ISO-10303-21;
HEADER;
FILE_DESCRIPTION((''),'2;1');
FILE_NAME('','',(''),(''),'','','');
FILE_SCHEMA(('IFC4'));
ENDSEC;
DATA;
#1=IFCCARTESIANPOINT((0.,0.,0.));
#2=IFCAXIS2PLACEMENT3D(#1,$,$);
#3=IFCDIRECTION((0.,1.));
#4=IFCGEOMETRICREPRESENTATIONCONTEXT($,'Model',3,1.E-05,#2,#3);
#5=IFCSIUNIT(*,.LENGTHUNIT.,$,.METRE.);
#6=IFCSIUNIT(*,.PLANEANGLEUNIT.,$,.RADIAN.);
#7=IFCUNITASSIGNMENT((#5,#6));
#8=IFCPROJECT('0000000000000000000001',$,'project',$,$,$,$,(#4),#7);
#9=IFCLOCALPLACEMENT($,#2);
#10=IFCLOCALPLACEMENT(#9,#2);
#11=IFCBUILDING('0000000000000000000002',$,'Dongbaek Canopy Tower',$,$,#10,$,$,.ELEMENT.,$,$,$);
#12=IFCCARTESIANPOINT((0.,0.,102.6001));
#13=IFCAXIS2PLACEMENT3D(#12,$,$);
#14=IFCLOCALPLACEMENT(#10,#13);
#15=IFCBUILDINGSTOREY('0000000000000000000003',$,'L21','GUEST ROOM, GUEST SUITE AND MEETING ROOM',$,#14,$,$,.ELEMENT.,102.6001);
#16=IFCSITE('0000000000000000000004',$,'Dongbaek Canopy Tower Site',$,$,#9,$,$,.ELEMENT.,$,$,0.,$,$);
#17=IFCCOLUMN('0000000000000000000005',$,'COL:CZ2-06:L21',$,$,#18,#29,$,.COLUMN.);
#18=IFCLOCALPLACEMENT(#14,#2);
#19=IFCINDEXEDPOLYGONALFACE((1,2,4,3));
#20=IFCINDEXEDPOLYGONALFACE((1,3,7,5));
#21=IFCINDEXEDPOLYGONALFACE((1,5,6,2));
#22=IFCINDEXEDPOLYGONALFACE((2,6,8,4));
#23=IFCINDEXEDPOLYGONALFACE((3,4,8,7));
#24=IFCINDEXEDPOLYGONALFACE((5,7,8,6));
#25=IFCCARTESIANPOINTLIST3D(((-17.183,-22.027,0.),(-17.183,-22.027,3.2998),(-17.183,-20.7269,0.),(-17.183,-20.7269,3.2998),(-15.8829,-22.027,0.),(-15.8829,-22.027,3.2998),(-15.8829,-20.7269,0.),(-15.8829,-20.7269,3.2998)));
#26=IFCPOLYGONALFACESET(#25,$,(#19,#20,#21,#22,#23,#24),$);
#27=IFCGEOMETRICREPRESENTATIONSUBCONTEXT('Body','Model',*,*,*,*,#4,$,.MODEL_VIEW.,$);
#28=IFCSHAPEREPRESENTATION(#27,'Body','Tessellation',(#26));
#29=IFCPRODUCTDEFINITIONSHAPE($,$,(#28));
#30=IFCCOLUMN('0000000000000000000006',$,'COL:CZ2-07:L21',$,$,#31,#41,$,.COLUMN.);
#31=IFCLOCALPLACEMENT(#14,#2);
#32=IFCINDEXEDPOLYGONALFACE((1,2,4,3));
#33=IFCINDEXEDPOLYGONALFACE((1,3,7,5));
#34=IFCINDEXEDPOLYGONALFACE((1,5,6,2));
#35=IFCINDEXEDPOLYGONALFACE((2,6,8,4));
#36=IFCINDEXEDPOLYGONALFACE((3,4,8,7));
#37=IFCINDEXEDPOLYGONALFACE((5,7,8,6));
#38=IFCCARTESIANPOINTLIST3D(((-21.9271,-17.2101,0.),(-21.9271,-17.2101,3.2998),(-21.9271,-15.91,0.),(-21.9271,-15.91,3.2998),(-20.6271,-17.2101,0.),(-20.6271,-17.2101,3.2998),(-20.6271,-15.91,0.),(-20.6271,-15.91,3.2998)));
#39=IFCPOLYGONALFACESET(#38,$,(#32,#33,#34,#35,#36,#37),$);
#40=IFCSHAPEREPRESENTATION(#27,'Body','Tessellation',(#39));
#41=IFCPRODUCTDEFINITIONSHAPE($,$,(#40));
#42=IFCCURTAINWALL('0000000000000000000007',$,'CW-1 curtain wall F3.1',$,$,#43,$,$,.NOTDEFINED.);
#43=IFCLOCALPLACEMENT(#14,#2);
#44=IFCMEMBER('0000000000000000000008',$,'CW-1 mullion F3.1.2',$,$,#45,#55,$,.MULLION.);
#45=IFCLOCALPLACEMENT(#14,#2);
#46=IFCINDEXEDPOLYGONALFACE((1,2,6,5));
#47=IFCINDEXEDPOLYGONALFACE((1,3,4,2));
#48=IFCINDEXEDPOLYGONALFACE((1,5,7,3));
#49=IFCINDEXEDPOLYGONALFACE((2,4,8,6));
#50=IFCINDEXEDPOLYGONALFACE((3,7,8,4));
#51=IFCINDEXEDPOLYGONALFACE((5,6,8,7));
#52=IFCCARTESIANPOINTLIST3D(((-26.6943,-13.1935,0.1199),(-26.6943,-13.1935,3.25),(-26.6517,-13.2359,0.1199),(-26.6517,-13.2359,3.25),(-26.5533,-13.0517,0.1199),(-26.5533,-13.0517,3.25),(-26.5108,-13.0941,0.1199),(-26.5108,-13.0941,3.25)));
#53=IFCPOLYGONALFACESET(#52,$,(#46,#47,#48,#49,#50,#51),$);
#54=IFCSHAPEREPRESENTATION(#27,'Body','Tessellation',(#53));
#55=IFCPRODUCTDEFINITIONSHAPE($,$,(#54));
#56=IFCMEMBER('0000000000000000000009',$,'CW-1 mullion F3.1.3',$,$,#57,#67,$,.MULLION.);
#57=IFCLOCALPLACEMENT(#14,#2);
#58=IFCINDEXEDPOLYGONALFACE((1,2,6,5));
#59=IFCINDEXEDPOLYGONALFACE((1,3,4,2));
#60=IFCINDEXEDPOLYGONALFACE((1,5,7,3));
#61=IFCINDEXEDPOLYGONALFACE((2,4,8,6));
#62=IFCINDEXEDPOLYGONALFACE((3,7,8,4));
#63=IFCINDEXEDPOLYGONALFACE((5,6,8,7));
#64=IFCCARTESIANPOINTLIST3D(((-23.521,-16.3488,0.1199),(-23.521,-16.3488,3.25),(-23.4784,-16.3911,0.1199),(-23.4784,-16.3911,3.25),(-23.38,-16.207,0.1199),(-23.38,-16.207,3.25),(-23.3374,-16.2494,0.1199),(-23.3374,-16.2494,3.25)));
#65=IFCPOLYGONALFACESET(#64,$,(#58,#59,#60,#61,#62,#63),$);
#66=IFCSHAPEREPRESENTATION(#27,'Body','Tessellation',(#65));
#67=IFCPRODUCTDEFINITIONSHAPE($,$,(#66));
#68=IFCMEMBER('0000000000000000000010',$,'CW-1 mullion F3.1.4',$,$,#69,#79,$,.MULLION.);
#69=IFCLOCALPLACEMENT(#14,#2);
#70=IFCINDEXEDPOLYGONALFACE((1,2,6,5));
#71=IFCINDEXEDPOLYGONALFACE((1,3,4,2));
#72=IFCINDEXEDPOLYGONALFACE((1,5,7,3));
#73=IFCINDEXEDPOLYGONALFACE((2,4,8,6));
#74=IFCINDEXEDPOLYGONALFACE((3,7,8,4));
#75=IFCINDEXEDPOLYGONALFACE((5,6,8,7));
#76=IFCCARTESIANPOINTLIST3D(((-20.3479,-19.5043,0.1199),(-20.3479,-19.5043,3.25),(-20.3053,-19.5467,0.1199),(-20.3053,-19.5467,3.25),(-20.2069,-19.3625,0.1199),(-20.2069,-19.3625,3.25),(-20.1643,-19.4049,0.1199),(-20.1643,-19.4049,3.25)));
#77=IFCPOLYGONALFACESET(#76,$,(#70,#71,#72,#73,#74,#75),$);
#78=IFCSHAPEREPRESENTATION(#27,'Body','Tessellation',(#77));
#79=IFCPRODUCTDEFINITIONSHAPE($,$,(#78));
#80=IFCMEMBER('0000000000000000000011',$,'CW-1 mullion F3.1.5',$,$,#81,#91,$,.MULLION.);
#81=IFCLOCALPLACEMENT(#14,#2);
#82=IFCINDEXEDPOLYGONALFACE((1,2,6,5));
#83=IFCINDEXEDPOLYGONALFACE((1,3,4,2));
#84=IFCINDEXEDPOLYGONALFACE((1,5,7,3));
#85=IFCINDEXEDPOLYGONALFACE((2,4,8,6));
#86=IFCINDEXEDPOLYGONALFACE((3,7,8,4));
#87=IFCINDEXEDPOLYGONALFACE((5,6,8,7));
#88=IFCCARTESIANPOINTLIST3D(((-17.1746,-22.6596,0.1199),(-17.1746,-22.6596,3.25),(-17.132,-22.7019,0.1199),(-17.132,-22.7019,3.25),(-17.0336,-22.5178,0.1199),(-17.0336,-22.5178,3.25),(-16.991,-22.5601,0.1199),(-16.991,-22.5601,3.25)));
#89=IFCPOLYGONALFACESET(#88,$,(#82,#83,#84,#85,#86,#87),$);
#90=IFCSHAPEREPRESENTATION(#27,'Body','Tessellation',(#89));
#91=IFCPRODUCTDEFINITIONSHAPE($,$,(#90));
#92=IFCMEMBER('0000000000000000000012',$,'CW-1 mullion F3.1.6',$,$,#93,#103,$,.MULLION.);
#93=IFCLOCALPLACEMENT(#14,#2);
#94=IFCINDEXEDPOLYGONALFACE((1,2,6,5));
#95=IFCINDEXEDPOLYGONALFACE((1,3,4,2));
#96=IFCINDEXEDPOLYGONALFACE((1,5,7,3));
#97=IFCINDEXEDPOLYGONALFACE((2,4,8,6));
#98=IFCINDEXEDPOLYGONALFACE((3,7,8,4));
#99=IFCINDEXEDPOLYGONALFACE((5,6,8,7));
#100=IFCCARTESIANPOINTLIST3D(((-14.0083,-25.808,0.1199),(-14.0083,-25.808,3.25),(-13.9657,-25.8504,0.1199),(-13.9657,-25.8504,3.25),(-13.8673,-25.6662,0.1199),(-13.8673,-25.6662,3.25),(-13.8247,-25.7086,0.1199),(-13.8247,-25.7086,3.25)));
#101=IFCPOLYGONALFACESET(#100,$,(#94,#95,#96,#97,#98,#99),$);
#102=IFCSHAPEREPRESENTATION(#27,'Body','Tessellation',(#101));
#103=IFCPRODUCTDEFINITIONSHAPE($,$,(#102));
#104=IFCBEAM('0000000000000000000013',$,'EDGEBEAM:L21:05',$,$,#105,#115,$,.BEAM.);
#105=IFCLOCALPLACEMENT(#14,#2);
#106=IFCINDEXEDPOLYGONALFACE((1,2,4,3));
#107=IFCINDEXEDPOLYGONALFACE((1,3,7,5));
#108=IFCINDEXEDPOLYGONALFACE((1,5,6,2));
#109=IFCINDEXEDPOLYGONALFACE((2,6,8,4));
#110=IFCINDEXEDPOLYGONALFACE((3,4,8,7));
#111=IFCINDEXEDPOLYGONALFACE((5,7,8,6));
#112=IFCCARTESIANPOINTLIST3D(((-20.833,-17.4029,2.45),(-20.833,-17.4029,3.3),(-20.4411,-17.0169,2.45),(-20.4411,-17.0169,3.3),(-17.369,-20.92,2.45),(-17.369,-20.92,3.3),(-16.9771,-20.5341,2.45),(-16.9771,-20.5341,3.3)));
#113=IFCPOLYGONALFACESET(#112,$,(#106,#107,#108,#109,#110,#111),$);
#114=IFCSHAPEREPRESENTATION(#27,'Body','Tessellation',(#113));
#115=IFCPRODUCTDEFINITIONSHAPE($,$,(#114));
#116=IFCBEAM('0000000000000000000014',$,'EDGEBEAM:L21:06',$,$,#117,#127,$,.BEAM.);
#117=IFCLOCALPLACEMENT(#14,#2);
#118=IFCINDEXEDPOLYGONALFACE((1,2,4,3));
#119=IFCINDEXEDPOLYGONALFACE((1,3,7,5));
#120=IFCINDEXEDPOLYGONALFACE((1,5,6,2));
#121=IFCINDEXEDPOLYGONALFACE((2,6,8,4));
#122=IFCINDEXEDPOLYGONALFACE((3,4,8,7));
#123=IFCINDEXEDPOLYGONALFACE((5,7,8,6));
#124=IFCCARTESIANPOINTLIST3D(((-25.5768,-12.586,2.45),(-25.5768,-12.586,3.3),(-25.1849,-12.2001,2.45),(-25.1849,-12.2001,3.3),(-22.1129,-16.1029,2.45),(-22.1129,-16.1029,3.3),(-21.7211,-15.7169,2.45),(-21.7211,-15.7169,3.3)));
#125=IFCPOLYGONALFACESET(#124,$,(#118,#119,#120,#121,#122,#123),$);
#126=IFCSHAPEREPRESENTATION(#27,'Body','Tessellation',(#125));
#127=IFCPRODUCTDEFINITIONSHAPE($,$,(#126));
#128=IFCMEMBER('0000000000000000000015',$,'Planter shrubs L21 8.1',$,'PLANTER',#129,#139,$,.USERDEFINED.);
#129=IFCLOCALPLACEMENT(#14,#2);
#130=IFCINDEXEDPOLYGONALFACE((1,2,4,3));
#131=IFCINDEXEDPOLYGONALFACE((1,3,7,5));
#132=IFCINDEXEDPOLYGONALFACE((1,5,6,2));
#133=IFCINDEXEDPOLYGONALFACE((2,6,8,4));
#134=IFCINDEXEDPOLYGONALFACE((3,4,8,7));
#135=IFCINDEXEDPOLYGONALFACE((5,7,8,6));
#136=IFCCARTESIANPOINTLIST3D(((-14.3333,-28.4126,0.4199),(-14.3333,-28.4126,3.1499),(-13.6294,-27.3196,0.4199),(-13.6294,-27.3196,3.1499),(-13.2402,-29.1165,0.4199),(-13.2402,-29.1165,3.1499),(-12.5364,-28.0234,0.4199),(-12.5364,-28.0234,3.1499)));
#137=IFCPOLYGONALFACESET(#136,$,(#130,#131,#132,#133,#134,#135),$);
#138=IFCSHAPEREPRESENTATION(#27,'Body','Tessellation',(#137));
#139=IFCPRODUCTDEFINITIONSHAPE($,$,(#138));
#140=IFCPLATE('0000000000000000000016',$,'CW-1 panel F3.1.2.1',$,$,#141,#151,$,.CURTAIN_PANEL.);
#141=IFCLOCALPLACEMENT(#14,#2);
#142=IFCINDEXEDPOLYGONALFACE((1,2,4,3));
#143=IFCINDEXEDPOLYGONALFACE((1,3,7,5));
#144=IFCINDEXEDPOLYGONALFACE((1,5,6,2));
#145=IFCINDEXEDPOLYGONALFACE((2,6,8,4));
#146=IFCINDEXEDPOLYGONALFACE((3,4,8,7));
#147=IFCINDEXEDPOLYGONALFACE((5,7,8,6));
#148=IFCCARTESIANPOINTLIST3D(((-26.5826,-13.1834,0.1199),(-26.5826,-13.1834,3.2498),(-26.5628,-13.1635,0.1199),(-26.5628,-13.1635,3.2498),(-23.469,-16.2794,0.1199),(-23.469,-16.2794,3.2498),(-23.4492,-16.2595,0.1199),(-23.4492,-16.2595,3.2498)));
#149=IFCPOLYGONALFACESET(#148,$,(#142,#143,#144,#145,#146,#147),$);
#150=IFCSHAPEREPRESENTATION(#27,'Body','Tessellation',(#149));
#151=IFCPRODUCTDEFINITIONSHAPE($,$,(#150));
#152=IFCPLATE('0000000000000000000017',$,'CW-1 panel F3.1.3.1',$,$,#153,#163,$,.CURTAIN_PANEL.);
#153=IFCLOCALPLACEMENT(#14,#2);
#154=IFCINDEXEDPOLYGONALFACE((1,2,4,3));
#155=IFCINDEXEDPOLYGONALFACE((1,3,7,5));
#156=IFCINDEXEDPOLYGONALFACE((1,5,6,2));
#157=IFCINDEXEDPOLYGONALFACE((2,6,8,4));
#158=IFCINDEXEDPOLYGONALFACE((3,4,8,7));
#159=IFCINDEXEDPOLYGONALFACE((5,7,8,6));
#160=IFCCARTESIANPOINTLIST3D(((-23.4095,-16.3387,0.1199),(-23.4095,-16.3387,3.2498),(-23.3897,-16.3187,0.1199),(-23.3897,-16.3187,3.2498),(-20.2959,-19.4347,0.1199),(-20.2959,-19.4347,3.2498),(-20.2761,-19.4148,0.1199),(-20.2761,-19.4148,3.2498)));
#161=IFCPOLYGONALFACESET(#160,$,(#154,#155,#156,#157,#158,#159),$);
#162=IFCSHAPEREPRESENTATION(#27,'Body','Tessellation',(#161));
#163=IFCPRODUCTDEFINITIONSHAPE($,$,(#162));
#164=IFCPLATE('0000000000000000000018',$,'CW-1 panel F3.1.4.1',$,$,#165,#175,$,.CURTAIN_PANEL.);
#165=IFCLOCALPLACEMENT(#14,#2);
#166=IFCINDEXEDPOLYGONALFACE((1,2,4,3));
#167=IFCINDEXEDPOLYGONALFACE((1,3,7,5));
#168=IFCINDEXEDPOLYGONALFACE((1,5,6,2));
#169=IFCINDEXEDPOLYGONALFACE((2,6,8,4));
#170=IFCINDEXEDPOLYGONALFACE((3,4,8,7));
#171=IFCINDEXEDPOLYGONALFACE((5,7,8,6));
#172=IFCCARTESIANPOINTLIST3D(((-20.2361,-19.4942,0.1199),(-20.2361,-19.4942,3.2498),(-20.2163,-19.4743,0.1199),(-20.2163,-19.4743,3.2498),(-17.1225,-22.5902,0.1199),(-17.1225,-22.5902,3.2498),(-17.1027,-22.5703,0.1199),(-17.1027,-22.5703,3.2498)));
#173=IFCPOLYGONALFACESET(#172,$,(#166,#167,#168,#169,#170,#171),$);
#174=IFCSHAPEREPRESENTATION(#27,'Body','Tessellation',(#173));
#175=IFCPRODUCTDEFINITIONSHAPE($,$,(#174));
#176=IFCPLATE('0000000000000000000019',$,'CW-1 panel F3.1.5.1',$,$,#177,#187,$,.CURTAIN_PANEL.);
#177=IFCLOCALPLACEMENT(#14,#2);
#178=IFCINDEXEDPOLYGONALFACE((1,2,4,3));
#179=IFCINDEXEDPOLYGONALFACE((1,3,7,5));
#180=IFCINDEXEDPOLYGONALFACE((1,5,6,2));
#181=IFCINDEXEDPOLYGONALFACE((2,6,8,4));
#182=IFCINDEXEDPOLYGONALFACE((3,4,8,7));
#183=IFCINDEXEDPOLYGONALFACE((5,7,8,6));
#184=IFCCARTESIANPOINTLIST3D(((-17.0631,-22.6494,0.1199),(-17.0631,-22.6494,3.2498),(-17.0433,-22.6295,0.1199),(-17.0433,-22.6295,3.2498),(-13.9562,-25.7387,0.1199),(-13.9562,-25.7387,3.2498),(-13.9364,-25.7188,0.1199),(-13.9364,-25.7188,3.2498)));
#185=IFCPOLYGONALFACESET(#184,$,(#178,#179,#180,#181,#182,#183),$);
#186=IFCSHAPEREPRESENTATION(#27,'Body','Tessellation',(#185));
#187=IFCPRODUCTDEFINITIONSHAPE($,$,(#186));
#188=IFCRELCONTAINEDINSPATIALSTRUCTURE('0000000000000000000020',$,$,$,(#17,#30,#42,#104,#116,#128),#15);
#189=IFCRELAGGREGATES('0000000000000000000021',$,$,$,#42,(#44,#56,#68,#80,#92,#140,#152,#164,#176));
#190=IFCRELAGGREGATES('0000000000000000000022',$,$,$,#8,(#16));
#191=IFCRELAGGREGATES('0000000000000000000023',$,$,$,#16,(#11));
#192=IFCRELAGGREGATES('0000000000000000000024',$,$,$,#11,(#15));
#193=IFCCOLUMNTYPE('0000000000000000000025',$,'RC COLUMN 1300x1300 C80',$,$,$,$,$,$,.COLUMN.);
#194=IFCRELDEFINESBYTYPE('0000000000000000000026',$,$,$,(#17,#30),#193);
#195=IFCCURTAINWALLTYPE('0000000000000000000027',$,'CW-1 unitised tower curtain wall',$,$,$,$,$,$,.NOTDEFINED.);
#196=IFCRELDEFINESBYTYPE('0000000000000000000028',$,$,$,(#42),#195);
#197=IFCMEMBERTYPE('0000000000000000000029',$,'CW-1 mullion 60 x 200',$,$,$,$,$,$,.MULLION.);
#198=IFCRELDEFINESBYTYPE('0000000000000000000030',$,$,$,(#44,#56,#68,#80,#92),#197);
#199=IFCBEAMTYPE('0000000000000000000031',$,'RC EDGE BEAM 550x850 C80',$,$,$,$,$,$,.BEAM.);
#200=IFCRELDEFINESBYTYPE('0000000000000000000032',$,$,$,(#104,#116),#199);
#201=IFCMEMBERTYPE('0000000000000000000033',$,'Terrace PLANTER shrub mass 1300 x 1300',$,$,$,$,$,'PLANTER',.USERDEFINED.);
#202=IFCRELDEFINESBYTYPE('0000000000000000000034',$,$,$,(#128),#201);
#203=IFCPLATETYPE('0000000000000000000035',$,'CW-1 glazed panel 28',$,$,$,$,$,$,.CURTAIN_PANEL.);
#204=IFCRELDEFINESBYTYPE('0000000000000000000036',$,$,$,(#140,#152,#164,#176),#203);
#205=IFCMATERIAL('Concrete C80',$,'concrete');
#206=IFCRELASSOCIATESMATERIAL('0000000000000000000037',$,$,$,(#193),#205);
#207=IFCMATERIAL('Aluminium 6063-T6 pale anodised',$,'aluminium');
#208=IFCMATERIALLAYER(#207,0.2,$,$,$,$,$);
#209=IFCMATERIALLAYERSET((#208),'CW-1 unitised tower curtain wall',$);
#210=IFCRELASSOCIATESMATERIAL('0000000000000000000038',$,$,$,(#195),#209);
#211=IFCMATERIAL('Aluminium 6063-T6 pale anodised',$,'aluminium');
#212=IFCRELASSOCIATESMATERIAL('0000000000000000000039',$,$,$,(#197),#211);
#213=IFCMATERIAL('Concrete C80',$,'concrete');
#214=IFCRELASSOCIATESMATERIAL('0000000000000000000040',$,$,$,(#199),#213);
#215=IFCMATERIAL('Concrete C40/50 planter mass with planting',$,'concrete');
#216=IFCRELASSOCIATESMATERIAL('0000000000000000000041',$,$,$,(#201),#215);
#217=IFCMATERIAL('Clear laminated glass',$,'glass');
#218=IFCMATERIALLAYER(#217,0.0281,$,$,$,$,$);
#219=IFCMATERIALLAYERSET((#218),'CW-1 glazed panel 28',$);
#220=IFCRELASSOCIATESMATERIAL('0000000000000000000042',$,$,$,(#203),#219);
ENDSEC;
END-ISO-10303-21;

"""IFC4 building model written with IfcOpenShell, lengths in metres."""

from ifc_helpers import new_model, si_unit, direction, frame, origin, origin_2d, place, context, subcontext, project, spatial, rectangle, extrude, material, layer, layer_set, material_profile, profile_set, type_object, element, aggregate, save


model = new_model("IFC4")

# Units and contexts
model_context = context("Model", 3, precision=1e-05, world=origin(), true_north=direction((0.0, 1.0)))
body_context = subcontext(model_context, "Body", "Model", "MODEL_VIEW")
ifc_project = project(units=[si_unit("LENGTHUNIT", "METRE"), si_unit("PLANEANGLEUNIT", "RADIAN")], contexts=[model_context])

# Site, building, storey
site_placement = place(None, origin())
site = spatial("IfcSite", under=ifc_project, at=site_placement, Name="Dongbaek Canopy Tower Site", CompositionType="ELEMENT", RefElevation=0.0)
building_placement = place(site_placement, origin())
building = spatial("IfcBuilding", under=site, at=building_placement, Name="Dongbaek Canopy Tower", CompositionType="ELEMENT")
storey_placement = place(building_placement, frame((0.0, 0.0, 102.6001)))
storey = spatial("IfcBuildingStorey", under=building, at=storey_placement, Name="L21", Description="GUEST ROOM, GUEST SUITE AND MEETING ROOM", CompositionType="ELEMENT", Elevation=102.6001)

# Columns
ifc_material_1 = material(Name="Concrete C80", Category="concrete")
ifc_material_profile_1 = material_profile(ifc_material_1, rectangle(XDim=1.3, YDim=1.3, at=origin_2d()), Name="RC COLUMN 1300x1300 C80")
ifc_profile_set_1 = profile_set([ifc_material_profile_1], Name="Concrete C80")
column_type = type_object("IfcColumnType", Name="RC COLUMN 1300x1300 C80", PredefinedType="COLUMN", material=ifc_profile_set_1)
for number, where, z_axis, x_axis, name in (
    (1, (-16.533, -21.377, 0.0), (0.0, 0.0, 1.0), (1.0, 0.0, 0.0), "COL:CZ2-06:L21"),
    (2, (-21.2771, -16.5601, 0.0), (0.0, 0.0, 1.0), (1.0, 0.0, 0.0), "COL:CZ2-07:L21"),
):
    element("IfcColumn", number, at=place(storey_placement, frame(where, z_axis=z_axis, x_axis=x_axis)), inside=storey, type_object=column_type, Name=name, PredefinedType="COLUMN", context=body_context, shape_type="SweptSolid", body=[
        extrude(rectangle(XDim=1.3, YDim=1.3, at=origin_2d()), origin(), (0.0, 0.0, 1.0), 3.2998),
    ])

# Curtain wall, members
ifc_material_2 = material(Name="Aluminium 6063-T6 pale anodised", Category="aluminium")
ifc_layer_1 = layer(ifc_material_2, 0.2)
ifc_layer_set_1 = layer_set([ifc_layer_1], Name="CW-1 unitised tower curtain wall")
curtain_wall_type = type_object("IfcCurtainWallType", Name="CW-1 unitised tower curtain wall", PredefinedType="NOTDEFINED", material=ifc_layer_set_1)
curtain_wall_1_placement = place(storey_placement, origin())
curtain_wall_1 = element("IfcCurtainWall", 3, at=curtain_wall_1_placement, inside=storey, type_object=curtain_wall_type, Name="CW-1 curtain wall F3.1", PredefinedType="NOTDEFINED")
ifc_material_3 = material(Name="Aluminium 6063-T6 pale anodised", Category="aluminium")
ifc_material_profile_2 = material_profile(ifc_material_3, rectangle(XDim=0.2, YDim=0.0601, at=origin_2d()), Name="CW-1 mullion 60 x 200")
ifc_profile_set_2 = profile_set([ifc_material_profile_2], Name="Aluminium 6063-T6 pale anodised")
member_type_1 = type_object("IfcMemberType", Name="CW-1 mullion 60 x 200", PredefinedType="MULLION", material=ifc_profile_set_2)
member_1_placement = place(storey_placement, frame((-26.6025, -13.1438, 0.1199), z_axis=(0.0, 0.0, 1.0), x_axis=(-0.705105, -0.709103, 0.0)))
member_1 = element("IfcMember", 4, at=member_1_placement, type_object=member_type_1, Name="CW-1 mullion F3.1.2", PredefinedType="MULLION", context=body_context, shape_type="SweptSolid", body=[
    extrude(rectangle(XDim=0.2, YDim=0.0601, at=origin_2d()), origin(), (0.0, 0.0, 1.0), 3.1301),
])
member_2_placement = place(storey_placement, frame((-23.4292, -16.2991, 0.1199), z_axis=(0.0, 0.0, 1.0), x_axis=(-0.705105, -0.709103, 0.0)))
member_2 = element("IfcMember", 5, at=member_2_placement, type_object=member_type_1, Name="CW-1 mullion F3.1.3", PredefinedType="MULLION", context=body_context, shape_type="SweptSolid", body=[
    extrude(rectangle(XDim=0.2, YDim=0.0601, at=origin_2d()), origin(), (0.0, 0.0, 1.0), 3.1301),
])
member_3_placement = place(storey_placement, frame((-20.2561, -19.4546, 0.1199), z_axis=(0.0, 0.0, 1.0), x_axis=(-0.705105, -0.709103, 0.0)))
member_3 = element("IfcMember", 6, at=member_3_placement, type_object=member_type_1, Name="CW-1 mullion F3.1.4", PredefinedType="MULLION", context=body_context, shape_type="SweptSolid", body=[
    extrude(rectangle(XDim=0.2, YDim=0.0601, at=origin_2d()), origin(), (0.0, 0.0, 1.0), 3.1301),
])
member_4_placement = place(storey_placement, frame((-17.0828, -22.6099, 0.1199), z_axis=(0.0, 0.0, 1.0), x_axis=(-0.705105, -0.709103, 0.0)))
member_4 = element("IfcMember", 7, at=member_4_placement, type_object=member_type_1, Name="CW-1 mullion F3.1.5", PredefinedType="MULLION", context=body_context, shape_type="SweptSolid", body=[
    extrude(rectangle(XDim=0.2, YDim=0.0601, at=origin_2d()), origin(), (0.0, 0.0, 1.0), 3.1301),
])
member_5_placement = place(storey_placement, frame((-13.9165, -25.7583, 0.1199), z_axis=(0.0, 0.0, 1.0), x_axis=(-0.705105, -0.709103, 0.0)))
member_5 = element("IfcMember", 8, at=member_5_placement, type_object=member_type_1, Name="CW-1 mullion F3.1.6", PredefinedType="MULLION", context=body_context, shape_type="SweptSolid", body=[
    extrude(rectangle(XDim=0.2, YDim=0.0601, at=origin_2d()), origin(), (0.0, 0.0, 1.0), 3.1301),
])

# Beams
ifc_material_4 = material(Name="Concrete C80", Category="concrete")
ifc_material_profile_3 = material_profile(ifc_material_4, rectangle(XDim=0.55, YDim=0.8501, at=origin_2d()), Name="RC EDGE BEAM 550x850 C80")
ifc_profile_set_3 = profile_set([ifc_material_profile_3], Name="Concrete C80")
beam_type = type_object("IfcBeamType", Name="RC EDGE BEAM 550x850 C80", PredefinedType="BEAM", material=ifc_profile_set_3)
beam_1_placement = place(storey_placement, frame((-17.1731, -20.7271, 2.875), z_axis=(-0.701695, 0.712477, 0.0), x_axis=(-0.712477, -0.701695, 0.0)))
element("IfcBeam", 9, at=beam_1_placement, inside=storey, type_object=beam_type, Name="EDGEBEAM:L21:05", PredefinedType="BEAM", context=body_context, shape_type="SweptSolid", body=[
    extrude(rectangle(XDim=0.55, YDim=0.8501, at=origin_2d()), origin(), (0.0, 0.0, 1.0), 4.9365),
])
beam_2_placement = place(storey_placement, frame((-21.917, -15.9099, 2.875), z_axis=(-0.70172, 0.712453, 0.0), x_axis=(-0.712453, -0.70172, 0.0)))
element("IfcBeam", 10, at=beam_2_placement, inside=storey, type_object=beam_type, Name="EDGEBEAM:L21:06", PredefinedType="BEAM", context=body_context, shape_type="SweptSolid", body=[
    extrude(rectangle(XDim=0.55, YDim=0.8501, at=origin_2d()), origin(), (0.0, 0.0, 1.0), 4.9363),
])

# Member
ifc_material_5 = material(Name="Concrete C40/50 planter mass with planting", Category="concrete")
ifc_material_profile_4 = material_profile(ifc_material_5, rectangle(XDim=1.3, YDim=1.3, at=origin_2d()), Name="Terrace PLANTER shrub mass 1300 x 1300")
ifc_profile_set_4 = profile_set([ifc_material_profile_4], Name="Concrete C40/50 planter mass with planting")
member_type_2 = type_object("IfcMemberType", Name="Terrace PLANTER shrub mass 1300 x 1300", ElementType="PLANTER", PredefinedType="USERDEFINED", material=ifc_profile_set_4)
member_6_placement = place(storey_placement, frame((-13.4348, -28.218, 0.4199), z_axis=(0.0, 0.0, 1.0), x_axis=(-0.541409, -0.840759, 0.0)))
element("IfcMember", 11, at=member_6_placement, inside=storey, type_object=member_type_2, Name="Planter shrubs L21 8.1", ObjectType="PLANTER", PredefinedType="USERDEFINED", context=body_context, shape_type="SweptSolid", body=[
    extrude(rectangle(XDim=1.3, YDim=1.3, at=origin_2d()), origin(), (0.0, 0.0, 1.0), 2.73),
])

# Plates
ifc_material_6 = material(Name="Clear laminated glass", Category="glass")
ifc_layer_2 = layer(ifc_material_6, 0.0281)
ifc_layer_set_2 = layer_set([ifc_layer_2], Name="CW-1 glazed panel 28")
plate_type = type_object("IfcPlateType", Name="CW-1 glazed panel 28", PredefinedType="CURTAIN_PANEL", material=ifc_layer_set_2)
plate_1_placement = place(storey_placement, frame((-25.0159, -14.7214, 0.1199), z_axis=(0.0, 0.0, 1.0), x_axis=(0.709103, -0.705105, 0.0)))
plate_1 = element("IfcPlate", 12, at=plate_1_placement, type_object=plate_type, Name="CW-1 panel F3.1.2.1", PredefinedType="CURTAIN_PANEL", context=body_context, shape_type="SweptSolid", body=[
    extrude(rectangle(XDim=4.3909, YDim=0.0281, at=origin_2d()), origin(), (0.0, 0.0, 1.0), 3.1299),
])
plate_2_placement = place(storey_placement, frame((-21.8428, -17.8767, 0.1199), z_axis=(0.0, 0.0, 1.0), x_axis=(0.709103, -0.705105, 0.0)))
plate_2 = element("IfcPlate", 13, at=plate_2_placement, type_object=plate_type, Name="CW-1 panel F3.1.3.1", PredefinedType="CURTAIN_PANEL", context=body_context, shape_type="SweptSolid", body=[
    extrude(rectangle(XDim=4.3909, YDim=0.0281, at=origin_2d()), origin(), (0.0, 0.0, 1.0), 3.1299),
])
plate_3_placement = place(storey_placement, frame((-18.6694, -21.0322, 0.1199), z_axis=(0.0, 0.0, 1.0), x_axis=(0.709103, -0.705105, 0.0)))
plate_3 = element("IfcPlate", 14, at=plate_3_placement, type_object=plate_type, Name="CW-1 panel F3.1.4.1", PredefinedType="CURTAIN_PANEL", context=body_context, shape_type="SweptSolid", body=[
    extrude(rectangle(XDim=4.3909, YDim=0.0281, at=origin_2d()), origin(), (0.0, 0.0, 1.0), 3.1299),
])
plate_4_placement = place(storey_placement, frame((-15.4998, -24.1841, 0.1199), z_axis=(0.0, 0.0, 1.0), x_axis=(0.709103, -0.705105, 0.0)))
plate_4 = element("IfcPlate", 15, at=plate_4_placement, type_object=plate_type, Name="CW-1 panel F3.1.5.1", PredefinedType="CURTAIN_PANEL", context=body_context, shape_type="SweptSolid", body=[
    extrude(rectangle(XDim=4.3813, YDim=0.0281, at=origin_2d()), origin(), (0.0, 0.0, 1.0), 3.1299),
])

aggregate(curtain_wall_1, [member_1, member_2, member_3, member_4, member_5, plate_1, plate_2, plate_3, plate_4])

save(model, "model.ifc")
